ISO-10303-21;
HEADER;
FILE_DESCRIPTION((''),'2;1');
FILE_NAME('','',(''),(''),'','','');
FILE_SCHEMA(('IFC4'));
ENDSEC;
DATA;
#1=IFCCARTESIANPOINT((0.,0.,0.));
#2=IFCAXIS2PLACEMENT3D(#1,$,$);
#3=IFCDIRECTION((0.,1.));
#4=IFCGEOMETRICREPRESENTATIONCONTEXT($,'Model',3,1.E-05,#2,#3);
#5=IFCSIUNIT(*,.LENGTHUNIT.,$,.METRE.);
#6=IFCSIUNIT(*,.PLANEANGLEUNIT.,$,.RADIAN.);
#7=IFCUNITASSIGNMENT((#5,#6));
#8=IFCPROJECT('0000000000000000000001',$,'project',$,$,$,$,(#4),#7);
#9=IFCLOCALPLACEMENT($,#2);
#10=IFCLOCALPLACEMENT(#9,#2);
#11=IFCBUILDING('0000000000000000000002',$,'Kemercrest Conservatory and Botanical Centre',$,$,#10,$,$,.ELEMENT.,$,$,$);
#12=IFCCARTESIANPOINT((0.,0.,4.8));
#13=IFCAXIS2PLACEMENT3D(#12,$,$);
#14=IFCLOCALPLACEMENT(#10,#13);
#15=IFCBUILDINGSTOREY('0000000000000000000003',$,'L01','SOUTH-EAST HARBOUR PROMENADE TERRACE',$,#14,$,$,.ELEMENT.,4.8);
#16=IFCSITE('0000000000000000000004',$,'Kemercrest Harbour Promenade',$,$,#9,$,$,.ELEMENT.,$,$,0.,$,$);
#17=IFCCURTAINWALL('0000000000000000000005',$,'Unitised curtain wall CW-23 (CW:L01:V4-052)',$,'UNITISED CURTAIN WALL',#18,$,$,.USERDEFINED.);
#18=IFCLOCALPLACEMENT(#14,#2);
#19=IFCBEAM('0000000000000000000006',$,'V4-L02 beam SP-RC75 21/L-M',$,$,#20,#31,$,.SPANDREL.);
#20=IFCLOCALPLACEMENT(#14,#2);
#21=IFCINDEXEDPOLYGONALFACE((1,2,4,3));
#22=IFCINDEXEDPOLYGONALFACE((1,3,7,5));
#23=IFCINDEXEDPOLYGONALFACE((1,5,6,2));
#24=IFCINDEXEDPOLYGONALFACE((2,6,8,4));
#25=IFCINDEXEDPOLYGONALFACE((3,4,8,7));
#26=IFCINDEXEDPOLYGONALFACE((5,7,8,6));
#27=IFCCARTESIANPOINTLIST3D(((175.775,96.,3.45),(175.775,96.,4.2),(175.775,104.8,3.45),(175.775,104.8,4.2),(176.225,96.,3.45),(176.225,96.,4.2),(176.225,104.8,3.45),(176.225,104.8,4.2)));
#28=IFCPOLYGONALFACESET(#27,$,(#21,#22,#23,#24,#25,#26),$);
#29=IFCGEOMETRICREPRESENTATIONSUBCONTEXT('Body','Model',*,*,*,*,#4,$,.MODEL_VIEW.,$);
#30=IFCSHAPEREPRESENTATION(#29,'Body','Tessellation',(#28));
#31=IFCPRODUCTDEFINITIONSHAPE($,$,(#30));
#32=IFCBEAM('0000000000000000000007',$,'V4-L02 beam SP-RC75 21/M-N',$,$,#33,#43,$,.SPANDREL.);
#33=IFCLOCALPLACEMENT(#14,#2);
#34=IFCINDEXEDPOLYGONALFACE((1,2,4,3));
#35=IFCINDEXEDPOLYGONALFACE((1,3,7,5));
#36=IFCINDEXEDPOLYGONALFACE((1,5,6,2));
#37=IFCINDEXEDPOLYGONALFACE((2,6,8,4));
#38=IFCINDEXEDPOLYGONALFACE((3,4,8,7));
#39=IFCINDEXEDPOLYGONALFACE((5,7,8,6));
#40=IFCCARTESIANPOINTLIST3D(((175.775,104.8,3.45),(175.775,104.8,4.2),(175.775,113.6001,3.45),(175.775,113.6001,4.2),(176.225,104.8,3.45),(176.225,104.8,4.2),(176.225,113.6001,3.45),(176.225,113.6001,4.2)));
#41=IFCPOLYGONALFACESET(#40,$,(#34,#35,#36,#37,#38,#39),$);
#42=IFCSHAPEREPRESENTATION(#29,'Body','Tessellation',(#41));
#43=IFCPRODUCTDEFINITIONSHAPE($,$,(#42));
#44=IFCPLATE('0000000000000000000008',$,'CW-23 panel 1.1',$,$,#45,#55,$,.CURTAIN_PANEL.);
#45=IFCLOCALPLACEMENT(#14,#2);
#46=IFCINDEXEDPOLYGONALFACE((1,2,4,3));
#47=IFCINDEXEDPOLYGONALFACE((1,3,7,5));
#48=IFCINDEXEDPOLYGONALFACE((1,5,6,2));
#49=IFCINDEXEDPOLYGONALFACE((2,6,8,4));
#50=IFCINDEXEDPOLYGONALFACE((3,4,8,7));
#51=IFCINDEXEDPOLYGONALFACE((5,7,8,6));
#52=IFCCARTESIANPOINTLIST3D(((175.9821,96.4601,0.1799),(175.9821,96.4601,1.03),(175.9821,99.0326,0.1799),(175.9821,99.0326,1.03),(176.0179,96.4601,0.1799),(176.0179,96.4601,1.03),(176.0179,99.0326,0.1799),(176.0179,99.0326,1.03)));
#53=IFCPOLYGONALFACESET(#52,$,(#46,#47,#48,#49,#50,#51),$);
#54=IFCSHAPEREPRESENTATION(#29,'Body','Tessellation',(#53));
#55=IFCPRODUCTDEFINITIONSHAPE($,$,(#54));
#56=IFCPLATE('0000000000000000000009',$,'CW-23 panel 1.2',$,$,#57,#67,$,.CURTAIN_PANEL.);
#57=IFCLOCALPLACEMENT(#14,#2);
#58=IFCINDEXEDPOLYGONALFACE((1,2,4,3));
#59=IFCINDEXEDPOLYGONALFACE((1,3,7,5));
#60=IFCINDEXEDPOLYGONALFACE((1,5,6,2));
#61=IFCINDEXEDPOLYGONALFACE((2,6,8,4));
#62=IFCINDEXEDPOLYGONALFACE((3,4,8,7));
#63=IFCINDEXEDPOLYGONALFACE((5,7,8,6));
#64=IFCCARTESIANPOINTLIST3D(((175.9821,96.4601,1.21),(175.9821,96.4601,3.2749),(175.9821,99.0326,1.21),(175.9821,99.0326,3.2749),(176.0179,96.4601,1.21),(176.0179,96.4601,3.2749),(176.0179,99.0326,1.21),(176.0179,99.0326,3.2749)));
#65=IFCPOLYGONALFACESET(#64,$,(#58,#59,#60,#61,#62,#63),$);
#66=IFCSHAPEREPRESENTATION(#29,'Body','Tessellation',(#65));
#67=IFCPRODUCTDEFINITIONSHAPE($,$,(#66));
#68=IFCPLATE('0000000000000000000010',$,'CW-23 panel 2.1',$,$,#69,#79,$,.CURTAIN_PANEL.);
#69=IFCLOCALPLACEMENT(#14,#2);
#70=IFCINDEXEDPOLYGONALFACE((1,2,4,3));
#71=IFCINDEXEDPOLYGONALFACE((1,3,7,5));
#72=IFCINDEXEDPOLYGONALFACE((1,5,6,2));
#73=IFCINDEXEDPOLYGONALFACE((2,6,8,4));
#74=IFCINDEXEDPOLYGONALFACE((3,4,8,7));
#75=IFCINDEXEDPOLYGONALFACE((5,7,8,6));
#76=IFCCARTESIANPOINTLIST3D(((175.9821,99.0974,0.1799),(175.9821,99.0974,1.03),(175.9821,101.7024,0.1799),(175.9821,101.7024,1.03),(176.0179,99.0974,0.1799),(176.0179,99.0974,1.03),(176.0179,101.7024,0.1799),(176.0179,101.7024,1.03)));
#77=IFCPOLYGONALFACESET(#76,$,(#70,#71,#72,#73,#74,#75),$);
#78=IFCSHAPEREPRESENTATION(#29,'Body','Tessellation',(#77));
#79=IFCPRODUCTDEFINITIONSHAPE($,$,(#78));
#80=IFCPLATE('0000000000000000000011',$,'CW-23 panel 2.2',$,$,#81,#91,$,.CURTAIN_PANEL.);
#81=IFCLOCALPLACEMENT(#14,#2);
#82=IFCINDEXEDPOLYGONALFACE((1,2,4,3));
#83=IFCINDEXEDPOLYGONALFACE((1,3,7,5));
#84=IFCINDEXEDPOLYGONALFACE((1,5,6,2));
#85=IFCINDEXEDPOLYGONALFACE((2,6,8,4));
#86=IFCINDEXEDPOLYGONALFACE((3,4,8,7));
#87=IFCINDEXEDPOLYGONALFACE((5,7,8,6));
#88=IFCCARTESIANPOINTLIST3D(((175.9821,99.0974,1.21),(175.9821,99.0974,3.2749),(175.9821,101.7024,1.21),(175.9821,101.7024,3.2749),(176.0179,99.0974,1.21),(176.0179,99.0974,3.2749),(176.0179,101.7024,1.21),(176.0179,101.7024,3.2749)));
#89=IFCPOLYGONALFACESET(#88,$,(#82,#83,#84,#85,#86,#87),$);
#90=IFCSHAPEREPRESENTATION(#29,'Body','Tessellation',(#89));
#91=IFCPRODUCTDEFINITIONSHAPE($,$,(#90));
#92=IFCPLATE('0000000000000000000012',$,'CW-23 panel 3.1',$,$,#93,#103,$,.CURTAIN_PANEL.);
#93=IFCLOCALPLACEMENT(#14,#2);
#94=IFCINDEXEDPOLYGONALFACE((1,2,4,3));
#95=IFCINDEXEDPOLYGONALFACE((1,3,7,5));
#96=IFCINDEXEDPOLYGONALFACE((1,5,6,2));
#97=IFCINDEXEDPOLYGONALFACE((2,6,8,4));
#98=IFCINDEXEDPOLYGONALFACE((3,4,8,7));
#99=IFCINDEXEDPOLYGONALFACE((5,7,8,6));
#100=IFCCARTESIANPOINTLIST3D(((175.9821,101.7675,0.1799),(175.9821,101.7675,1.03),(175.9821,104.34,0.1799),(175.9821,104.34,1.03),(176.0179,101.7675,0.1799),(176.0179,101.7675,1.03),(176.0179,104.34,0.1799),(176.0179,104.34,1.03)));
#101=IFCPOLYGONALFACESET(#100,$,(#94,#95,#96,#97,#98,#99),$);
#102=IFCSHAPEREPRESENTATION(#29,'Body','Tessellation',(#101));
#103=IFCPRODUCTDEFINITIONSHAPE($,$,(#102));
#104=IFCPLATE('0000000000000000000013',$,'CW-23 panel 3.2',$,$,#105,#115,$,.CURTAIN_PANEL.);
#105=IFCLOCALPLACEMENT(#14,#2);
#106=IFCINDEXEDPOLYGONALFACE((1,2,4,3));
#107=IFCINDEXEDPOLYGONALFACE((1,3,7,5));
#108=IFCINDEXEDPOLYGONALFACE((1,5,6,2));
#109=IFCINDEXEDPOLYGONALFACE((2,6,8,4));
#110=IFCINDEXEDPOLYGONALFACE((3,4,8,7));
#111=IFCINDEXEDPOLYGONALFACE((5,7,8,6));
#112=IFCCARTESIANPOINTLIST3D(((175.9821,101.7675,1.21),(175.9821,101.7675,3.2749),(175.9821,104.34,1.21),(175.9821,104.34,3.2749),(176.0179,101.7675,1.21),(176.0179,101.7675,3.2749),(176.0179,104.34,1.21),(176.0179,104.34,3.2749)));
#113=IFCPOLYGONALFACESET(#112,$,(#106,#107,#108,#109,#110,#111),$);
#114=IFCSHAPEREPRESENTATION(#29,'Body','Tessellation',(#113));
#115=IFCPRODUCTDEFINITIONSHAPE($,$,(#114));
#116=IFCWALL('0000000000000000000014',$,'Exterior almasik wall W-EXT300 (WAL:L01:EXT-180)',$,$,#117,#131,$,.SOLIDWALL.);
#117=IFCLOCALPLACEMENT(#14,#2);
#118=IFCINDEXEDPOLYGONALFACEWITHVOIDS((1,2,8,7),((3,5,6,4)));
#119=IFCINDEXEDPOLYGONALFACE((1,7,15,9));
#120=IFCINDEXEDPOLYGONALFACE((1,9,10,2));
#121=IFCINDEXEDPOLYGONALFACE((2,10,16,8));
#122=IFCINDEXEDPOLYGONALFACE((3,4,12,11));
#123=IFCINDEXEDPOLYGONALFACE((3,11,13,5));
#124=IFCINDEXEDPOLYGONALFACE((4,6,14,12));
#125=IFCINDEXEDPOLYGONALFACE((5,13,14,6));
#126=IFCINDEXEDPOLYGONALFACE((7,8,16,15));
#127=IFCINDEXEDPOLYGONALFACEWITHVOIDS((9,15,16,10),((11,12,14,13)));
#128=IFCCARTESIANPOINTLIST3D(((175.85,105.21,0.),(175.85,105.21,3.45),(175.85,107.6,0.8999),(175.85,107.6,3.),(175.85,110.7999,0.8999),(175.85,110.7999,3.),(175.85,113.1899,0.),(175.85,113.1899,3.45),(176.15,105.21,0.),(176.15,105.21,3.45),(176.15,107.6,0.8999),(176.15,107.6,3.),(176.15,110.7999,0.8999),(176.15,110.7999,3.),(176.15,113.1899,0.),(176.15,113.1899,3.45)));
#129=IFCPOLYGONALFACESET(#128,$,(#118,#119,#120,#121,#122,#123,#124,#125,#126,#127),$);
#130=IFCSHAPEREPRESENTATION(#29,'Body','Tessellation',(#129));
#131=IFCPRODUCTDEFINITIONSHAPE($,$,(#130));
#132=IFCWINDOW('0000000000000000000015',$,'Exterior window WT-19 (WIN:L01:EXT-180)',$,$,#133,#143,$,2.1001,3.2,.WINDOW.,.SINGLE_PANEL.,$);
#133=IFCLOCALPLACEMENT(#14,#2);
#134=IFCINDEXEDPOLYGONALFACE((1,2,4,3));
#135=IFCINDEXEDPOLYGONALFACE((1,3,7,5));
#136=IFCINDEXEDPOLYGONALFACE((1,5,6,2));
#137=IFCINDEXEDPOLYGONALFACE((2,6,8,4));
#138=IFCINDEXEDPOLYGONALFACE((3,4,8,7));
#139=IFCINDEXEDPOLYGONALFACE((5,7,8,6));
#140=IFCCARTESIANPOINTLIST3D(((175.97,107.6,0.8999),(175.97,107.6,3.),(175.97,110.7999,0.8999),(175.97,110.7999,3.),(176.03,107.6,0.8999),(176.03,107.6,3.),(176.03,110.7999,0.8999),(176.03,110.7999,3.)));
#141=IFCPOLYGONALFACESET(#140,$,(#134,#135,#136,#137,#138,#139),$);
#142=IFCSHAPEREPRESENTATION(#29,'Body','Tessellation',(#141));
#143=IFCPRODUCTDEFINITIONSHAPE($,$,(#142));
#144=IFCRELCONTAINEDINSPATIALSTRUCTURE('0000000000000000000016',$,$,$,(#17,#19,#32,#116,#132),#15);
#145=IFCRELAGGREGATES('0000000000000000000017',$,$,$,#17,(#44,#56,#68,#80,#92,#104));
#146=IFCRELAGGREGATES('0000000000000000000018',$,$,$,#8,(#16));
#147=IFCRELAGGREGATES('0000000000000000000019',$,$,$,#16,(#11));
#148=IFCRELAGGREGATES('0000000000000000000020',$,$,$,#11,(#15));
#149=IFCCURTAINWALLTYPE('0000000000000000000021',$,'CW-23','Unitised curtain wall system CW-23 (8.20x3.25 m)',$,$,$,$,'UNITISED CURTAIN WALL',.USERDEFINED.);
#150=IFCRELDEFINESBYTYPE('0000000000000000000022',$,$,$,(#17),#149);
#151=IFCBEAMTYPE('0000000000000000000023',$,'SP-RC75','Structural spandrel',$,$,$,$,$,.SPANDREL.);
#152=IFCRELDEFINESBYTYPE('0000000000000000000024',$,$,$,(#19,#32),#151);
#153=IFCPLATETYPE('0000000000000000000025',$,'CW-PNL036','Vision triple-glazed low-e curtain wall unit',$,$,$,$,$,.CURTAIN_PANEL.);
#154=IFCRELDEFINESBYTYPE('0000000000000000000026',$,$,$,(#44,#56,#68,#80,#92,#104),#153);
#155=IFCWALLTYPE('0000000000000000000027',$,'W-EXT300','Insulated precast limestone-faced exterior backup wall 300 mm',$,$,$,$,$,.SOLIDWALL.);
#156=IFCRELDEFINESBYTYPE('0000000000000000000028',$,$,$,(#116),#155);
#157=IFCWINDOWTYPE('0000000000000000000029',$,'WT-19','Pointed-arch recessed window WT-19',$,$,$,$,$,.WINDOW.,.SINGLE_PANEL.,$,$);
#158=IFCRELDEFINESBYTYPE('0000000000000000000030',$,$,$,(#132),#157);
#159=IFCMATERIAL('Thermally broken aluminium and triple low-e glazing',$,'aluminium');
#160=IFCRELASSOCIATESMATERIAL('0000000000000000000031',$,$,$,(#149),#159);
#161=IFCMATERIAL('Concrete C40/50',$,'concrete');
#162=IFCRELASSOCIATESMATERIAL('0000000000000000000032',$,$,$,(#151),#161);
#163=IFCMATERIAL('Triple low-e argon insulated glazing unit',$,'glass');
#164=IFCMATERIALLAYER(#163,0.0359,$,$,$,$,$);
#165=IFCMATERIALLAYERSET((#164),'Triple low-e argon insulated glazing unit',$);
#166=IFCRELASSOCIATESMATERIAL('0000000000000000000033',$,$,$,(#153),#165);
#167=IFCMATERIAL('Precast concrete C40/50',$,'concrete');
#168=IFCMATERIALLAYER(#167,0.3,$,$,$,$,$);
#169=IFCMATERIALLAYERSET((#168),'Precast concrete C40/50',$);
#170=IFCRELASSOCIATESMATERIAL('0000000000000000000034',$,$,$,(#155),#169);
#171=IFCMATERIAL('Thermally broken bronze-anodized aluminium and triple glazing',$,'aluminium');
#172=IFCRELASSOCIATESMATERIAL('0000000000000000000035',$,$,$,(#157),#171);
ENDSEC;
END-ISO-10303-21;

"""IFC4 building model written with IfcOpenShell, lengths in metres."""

from ifc_helpers import new_model, si_unit, direction, frame, frame_2d, origin, origin_2d, place, context, subcontext, project, spatial, rectangle, extrude, material, layer, layer_set, material_profile, profile_set, type_object, element, fill, aggregate, save


model = new_model("IFC4")

# Units and contexts
model_context = context("Model", 3, precision=1e-05, world=origin(), true_north=direction((0.0, 1.0)))
body_context = subcontext(model_context, "Body", "Model", "MODEL_VIEW")
ifc_project = project(units=[si_unit("LENGTHUNIT", "METRE"), si_unit("PLANEANGLEUNIT", "RADIAN")], contexts=[model_context])

# Site, building, storey
site_placement = place(None, origin())
site = spatial("IfcSite", under=ifc_project, at=site_placement, Name="Kemercrest Harbour Promenade", CompositionType="ELEMENT", RefElevation=0.0)
building_placement = place(site_placement, origin())
building = spatial("IfcBuilding", under=site, at=building_placement, Name="Kemercrest Conservatory and Botanical Centre", CompositionType="ELEMENT")
storey_placement = place(building_placement, frame((0.0, 0.0, 4.8)))
storey = spatial("IfcBuildingStorey", under=building, at=storey_placement, Name="L01", Description="SOUTH-EAST HARBOUR PROMENADE TERRACE", CompositionType="ELEMENT", Elevation=4.8)

# Curtain wall
ifc_material_1 = material(Name="Thermally broken aluminium and triple low-e glazing", Category="aluminium")
curtain_wall_type = type_object("IfcCurtainWallType", Name="CW-23", Description="Unitised curtain wall system CW-23 (8.20x3.25 m)", ElementType="UNITISED CURTAIN WALL", PredefinedType="USERDEFINED", material=ifc_material_1)
curtain_wall_placement = place(storey_placement, origin())
curtain_wall = element("IfcCurtainWall", 1, at=curtain_wall_placement, inside=storey, type_object=curtain_wall_type, Name="Unitised curtain wall CW-23 (CW:L01:V4-052)", ObjectType="UNITISED CURTAIN WALL", PredefinedType="USERDEFINED")

# Beams
ifc_material_2 = material(Name="Concrete C40/50", Category="concrete")
ifc_material_profile_1 = material_profile(ifc_material_2, rectangle(XDim=0.45, YDim=0.75, at=origin_2d()), Name="RC 450x750")
ifc_profile_set_1 = profile_set([ifc_material_profile_1], Name="Concrete C40/50")
beam_type = type_object("IfcBeamType", Name="SP-RC75", Description="Structural spandrel", PredefinedType="SPANDREL", material=ifc_profile_set_1)
for number, where, z_axis, x_axis, name in (
    (2, (176.0, 96.0, 3.825), (0.0, 1.0, 0.0), (-1.0, 0.0, 0.0), "V4-L02 beam SP-RC75 21/L-M"),
    (3, (176.0, 104.8, 3.825), (0.0, 1.0, 0.0), (-1.0, 0.0, 0.0), "V4-L02 beam SP-RC75 21/M-N"),
):
    element("IfcBeam", number, at=place(storey_placement, frame(where, z_axis=z_axis, x_axis=x_axis)), inside=storey, type_object=beam_type, Name=name, PredefinedType="SPANDREL", context=body_context, shape_type="SweptSolid", body=[
        extrude(rectangle(XDim=0.45, YDim=0.75, at=origin_2d()), origin(), (0.0, 0.0, 1.0), 8.8),
    ])

# Plates
ifc_material_3 = material(Name="Triple low-e argon insulated glazing unit", Category="glass")
ifc_layer_1 = layer(ifc_material_3, 0.0359)
ifc_layer_set_1 = layer_set([ifc_layer_1], Name="Triple low-e argon insulated glazing unit")
plate_type = type_object("IfcPlateType", Name="CW-PNL036", Description="Vision triple-glazed low-e curtain wall unit", PredefinedType="CURTAIN_PANEL", material=ifc_layer_set_1)
plate_1_placement = place(storey_placement, frame((176.0, 97.7463, 0.1799), z_axis=(0.0, 0.0, 1.0), x_axis=(0.0, 1.0, 0.0)))
plate_1 = element("IfcPlate", 4, at=plate_1_placement, type_object=plate_type, Name="CW-23 panel 1.1", PredefinedType="CURTAIN_PANEL", context=body_context, shape_type="SweptSolid", body=[
    extrude(rectangle(XDim=2.5725, YDim=0.0359, at=origin_2d()), origin(), (0.0, 0.0, 1.0), 0.8501),
])
plate_2_placement = place(storey_placement, frame((176.0, 97.7463, 1.21), z_axis=(0.0, 0.0, 1.0), x_axis=(0.0, 1.0, 0.0)))
plate_2 = element("IfcPlate", 5, at=plate_2_placement, type_object=plate_type, Name="CW-23 panel 1.2", PredefinedType="CURTAIN_PANEL", context=body_context, shape_type="SweptSolid", body=[
    extrude(rectangle(XDim=2.5725, YDim=0.0359, at=origin_2d()), origin(), (0.0, 0.0, 1.0), 2.0649),
])
plate_3_placement = place(storey_placement, frame((176.0, 100.3999, 0.1799), z_axis=(0.0, 0.0, 1.0), x_axis=(0.0, 1.0, 0.0)))
plate_3 = element("IfcPlate", 6, at=plate_3_placement, type_object=plate_type, Name="CW-23 panel 2.1", PredefinedType="CURTAIN_PANEL", context=body_context, shape_type="SweptSolid", body=[
    extrude(rectangle(XDim=2.605, YDim=0.0359, at=origin_2d()), origin(), (0.0, 0.0, 1.0), 0.8501),
])
plate_4_placement = place(storey_placement, frame((176.0, 100.3999, 1.21), z_axis=(0.0, 0.0, 1.0), x_axis=(0.0, 1.0, 0.0)))
plate_4 = element("IfcPlate", 7, at=plate_4_placement, type_object=plate_type, Name="CW-23 panel 2.2", PredefinedType="CURTAIN_PANEL", context=body_context, shape_type="SweptSolid", body=[
    extrude(rectangle(XDim=2.605, YDim=0.0359, at=origin_2d()), origin(), (0.0, 0.0, 1.0), 2.0649),
])
plate_5_placement = place(storey_placement, frame((176.0, 103.0537, 0.1799), z_axis=(0.0, 0.0, 1.0), x_axis=(0.0, 1.0, 0.0)))
plate_5 = element("IfcPlate", 8, at=plate_5_placement, type_object=plate_type, Name="CW-23 panel 3.1", PredefinedType="CURTAIN_PANEL", context=body_context, shape_type="SweptSolid", body=[
    extrude(rectangle(XDim=2.5725, YDim=0.0359, at=origin_2d()), origin(), (0.0, 0.0, 1.0), 0.8501),
])
plate_6_placement = place(storey_placement, frame((176.0, 103.0537, 1.21), z_axis=(0.0, 0.0, 1.0), x_axis=(0.0, 1.0, 0.0)))
plate_6 = element("IfcPlate", 9, at=plate_6_placement, type_object=plate_type, Name="CW-23 panel 3.2", PredefinedType="CURTAIN_PANEL", context=body_context, shape_type="SweptSolid", body=[
    extrude(rectangle(XDim=2.5725, YDim=0.0359, at=origin_2d()), origin(), (0.0, 0.0, 1.0), 2.0649),
])
aggregate(curtain_wall, [plate_1, plate_2, plate_3, plate_4, plate_5, plate_6])

# Wall, opening, window
ifc_material_4 = material(Name="Precast concrete C40/50", Category="concrete")
ifc_layer_2 = layer(ifc_material_4, 0.3)
ifc_layer_set_2 = layer_set([ifc_layer_2], Name="Precast concrete C40/50")
wall_type = type_object("IfcWallType", Name="W-EXT300", Description="Insulated precast limestone-faced exterior backup wall 300 mm", PredefinedType="SOLIDWALL", material=ifc_layer_set_2)
wall_placement = place(storey_placement, frame((176.0, 105.21, 0.0), z_axis=(0.0, 0.0, 1.0), x_axis=(0.0, 1.0, 0.0)))
wall = element("IfcWall", 10, at=wall_placement, inside=storey, type_object=wall_type, Name="Exterior almasik wall W-EXT300 (WAL:L01:EXT-180)", PredefinedType="SOLIDWALL", context=body_context, shape_type="SweptSolid", body=[
    extrude(rectangle(XDim=7.98, YDim=0.3, at=frame_2d((3.99, 0.0))), origin(), (0.0, 0.0, 1.0), 3.45),
])
opening_placement = place(wall_placement, frame((2.3899, 0.0, 0.8999)))
opening = element("IfcOpeningElement", 11, at=opening_placement, cuts=wall, PredefinedType="OPENING", context=body_context, shape_type="SweptSolid", body=[
    extrude(rectangle(XDim=3.2, YDim=2.1001, at=frame_2d((1.6001, 1.05))), frame((0.0, 0.1602, 0.0), z_axis=(0.0, -1.0, 0.0), x_axis=(1.0, 0.0, 0.0)), (0.0, 0.0, 1.0), 0.3201),
])
ifc_material_5 = material(Name="Thermally broken bronze-anodized aluminium and triple glazing", Category="aluminium")
window_type = type_object("IfcWindowType", Name="WT-19", Description="Pointed-arch recessed window WT-19", PartitioningType="SINGLE_PANEL", PredefinedType="WINDOW", material=ifc_material_5)
window_placement = place(opening_placement, origin())
window = element("IfcWindow", 12, at=window_placement, inside=storey, type_object=window_type, Name="Exterior window WT-19 (WIN:L01:EXT-180)", OverallHeight=2.1001, OverallWidth=3.2, PartitioningType="SINGLE_PANEL", PredefinedType="WINDOW", context=body_context, shape_type="SweptSolid", body=[
    extrude(rectangle(XDim=3.2, YDim=2.1001, at=frame_2d((1.6001, 1.05))), frame((0.0, 0.03, 0.0), z_axis=(0.0, -1.0, 0.0), x_axis=(1.0, 0.0, 0.0)), (0.0, 0.0, 1.0), 0.0601),
])
fill(opening, window)

save(model, "model.ifc")
